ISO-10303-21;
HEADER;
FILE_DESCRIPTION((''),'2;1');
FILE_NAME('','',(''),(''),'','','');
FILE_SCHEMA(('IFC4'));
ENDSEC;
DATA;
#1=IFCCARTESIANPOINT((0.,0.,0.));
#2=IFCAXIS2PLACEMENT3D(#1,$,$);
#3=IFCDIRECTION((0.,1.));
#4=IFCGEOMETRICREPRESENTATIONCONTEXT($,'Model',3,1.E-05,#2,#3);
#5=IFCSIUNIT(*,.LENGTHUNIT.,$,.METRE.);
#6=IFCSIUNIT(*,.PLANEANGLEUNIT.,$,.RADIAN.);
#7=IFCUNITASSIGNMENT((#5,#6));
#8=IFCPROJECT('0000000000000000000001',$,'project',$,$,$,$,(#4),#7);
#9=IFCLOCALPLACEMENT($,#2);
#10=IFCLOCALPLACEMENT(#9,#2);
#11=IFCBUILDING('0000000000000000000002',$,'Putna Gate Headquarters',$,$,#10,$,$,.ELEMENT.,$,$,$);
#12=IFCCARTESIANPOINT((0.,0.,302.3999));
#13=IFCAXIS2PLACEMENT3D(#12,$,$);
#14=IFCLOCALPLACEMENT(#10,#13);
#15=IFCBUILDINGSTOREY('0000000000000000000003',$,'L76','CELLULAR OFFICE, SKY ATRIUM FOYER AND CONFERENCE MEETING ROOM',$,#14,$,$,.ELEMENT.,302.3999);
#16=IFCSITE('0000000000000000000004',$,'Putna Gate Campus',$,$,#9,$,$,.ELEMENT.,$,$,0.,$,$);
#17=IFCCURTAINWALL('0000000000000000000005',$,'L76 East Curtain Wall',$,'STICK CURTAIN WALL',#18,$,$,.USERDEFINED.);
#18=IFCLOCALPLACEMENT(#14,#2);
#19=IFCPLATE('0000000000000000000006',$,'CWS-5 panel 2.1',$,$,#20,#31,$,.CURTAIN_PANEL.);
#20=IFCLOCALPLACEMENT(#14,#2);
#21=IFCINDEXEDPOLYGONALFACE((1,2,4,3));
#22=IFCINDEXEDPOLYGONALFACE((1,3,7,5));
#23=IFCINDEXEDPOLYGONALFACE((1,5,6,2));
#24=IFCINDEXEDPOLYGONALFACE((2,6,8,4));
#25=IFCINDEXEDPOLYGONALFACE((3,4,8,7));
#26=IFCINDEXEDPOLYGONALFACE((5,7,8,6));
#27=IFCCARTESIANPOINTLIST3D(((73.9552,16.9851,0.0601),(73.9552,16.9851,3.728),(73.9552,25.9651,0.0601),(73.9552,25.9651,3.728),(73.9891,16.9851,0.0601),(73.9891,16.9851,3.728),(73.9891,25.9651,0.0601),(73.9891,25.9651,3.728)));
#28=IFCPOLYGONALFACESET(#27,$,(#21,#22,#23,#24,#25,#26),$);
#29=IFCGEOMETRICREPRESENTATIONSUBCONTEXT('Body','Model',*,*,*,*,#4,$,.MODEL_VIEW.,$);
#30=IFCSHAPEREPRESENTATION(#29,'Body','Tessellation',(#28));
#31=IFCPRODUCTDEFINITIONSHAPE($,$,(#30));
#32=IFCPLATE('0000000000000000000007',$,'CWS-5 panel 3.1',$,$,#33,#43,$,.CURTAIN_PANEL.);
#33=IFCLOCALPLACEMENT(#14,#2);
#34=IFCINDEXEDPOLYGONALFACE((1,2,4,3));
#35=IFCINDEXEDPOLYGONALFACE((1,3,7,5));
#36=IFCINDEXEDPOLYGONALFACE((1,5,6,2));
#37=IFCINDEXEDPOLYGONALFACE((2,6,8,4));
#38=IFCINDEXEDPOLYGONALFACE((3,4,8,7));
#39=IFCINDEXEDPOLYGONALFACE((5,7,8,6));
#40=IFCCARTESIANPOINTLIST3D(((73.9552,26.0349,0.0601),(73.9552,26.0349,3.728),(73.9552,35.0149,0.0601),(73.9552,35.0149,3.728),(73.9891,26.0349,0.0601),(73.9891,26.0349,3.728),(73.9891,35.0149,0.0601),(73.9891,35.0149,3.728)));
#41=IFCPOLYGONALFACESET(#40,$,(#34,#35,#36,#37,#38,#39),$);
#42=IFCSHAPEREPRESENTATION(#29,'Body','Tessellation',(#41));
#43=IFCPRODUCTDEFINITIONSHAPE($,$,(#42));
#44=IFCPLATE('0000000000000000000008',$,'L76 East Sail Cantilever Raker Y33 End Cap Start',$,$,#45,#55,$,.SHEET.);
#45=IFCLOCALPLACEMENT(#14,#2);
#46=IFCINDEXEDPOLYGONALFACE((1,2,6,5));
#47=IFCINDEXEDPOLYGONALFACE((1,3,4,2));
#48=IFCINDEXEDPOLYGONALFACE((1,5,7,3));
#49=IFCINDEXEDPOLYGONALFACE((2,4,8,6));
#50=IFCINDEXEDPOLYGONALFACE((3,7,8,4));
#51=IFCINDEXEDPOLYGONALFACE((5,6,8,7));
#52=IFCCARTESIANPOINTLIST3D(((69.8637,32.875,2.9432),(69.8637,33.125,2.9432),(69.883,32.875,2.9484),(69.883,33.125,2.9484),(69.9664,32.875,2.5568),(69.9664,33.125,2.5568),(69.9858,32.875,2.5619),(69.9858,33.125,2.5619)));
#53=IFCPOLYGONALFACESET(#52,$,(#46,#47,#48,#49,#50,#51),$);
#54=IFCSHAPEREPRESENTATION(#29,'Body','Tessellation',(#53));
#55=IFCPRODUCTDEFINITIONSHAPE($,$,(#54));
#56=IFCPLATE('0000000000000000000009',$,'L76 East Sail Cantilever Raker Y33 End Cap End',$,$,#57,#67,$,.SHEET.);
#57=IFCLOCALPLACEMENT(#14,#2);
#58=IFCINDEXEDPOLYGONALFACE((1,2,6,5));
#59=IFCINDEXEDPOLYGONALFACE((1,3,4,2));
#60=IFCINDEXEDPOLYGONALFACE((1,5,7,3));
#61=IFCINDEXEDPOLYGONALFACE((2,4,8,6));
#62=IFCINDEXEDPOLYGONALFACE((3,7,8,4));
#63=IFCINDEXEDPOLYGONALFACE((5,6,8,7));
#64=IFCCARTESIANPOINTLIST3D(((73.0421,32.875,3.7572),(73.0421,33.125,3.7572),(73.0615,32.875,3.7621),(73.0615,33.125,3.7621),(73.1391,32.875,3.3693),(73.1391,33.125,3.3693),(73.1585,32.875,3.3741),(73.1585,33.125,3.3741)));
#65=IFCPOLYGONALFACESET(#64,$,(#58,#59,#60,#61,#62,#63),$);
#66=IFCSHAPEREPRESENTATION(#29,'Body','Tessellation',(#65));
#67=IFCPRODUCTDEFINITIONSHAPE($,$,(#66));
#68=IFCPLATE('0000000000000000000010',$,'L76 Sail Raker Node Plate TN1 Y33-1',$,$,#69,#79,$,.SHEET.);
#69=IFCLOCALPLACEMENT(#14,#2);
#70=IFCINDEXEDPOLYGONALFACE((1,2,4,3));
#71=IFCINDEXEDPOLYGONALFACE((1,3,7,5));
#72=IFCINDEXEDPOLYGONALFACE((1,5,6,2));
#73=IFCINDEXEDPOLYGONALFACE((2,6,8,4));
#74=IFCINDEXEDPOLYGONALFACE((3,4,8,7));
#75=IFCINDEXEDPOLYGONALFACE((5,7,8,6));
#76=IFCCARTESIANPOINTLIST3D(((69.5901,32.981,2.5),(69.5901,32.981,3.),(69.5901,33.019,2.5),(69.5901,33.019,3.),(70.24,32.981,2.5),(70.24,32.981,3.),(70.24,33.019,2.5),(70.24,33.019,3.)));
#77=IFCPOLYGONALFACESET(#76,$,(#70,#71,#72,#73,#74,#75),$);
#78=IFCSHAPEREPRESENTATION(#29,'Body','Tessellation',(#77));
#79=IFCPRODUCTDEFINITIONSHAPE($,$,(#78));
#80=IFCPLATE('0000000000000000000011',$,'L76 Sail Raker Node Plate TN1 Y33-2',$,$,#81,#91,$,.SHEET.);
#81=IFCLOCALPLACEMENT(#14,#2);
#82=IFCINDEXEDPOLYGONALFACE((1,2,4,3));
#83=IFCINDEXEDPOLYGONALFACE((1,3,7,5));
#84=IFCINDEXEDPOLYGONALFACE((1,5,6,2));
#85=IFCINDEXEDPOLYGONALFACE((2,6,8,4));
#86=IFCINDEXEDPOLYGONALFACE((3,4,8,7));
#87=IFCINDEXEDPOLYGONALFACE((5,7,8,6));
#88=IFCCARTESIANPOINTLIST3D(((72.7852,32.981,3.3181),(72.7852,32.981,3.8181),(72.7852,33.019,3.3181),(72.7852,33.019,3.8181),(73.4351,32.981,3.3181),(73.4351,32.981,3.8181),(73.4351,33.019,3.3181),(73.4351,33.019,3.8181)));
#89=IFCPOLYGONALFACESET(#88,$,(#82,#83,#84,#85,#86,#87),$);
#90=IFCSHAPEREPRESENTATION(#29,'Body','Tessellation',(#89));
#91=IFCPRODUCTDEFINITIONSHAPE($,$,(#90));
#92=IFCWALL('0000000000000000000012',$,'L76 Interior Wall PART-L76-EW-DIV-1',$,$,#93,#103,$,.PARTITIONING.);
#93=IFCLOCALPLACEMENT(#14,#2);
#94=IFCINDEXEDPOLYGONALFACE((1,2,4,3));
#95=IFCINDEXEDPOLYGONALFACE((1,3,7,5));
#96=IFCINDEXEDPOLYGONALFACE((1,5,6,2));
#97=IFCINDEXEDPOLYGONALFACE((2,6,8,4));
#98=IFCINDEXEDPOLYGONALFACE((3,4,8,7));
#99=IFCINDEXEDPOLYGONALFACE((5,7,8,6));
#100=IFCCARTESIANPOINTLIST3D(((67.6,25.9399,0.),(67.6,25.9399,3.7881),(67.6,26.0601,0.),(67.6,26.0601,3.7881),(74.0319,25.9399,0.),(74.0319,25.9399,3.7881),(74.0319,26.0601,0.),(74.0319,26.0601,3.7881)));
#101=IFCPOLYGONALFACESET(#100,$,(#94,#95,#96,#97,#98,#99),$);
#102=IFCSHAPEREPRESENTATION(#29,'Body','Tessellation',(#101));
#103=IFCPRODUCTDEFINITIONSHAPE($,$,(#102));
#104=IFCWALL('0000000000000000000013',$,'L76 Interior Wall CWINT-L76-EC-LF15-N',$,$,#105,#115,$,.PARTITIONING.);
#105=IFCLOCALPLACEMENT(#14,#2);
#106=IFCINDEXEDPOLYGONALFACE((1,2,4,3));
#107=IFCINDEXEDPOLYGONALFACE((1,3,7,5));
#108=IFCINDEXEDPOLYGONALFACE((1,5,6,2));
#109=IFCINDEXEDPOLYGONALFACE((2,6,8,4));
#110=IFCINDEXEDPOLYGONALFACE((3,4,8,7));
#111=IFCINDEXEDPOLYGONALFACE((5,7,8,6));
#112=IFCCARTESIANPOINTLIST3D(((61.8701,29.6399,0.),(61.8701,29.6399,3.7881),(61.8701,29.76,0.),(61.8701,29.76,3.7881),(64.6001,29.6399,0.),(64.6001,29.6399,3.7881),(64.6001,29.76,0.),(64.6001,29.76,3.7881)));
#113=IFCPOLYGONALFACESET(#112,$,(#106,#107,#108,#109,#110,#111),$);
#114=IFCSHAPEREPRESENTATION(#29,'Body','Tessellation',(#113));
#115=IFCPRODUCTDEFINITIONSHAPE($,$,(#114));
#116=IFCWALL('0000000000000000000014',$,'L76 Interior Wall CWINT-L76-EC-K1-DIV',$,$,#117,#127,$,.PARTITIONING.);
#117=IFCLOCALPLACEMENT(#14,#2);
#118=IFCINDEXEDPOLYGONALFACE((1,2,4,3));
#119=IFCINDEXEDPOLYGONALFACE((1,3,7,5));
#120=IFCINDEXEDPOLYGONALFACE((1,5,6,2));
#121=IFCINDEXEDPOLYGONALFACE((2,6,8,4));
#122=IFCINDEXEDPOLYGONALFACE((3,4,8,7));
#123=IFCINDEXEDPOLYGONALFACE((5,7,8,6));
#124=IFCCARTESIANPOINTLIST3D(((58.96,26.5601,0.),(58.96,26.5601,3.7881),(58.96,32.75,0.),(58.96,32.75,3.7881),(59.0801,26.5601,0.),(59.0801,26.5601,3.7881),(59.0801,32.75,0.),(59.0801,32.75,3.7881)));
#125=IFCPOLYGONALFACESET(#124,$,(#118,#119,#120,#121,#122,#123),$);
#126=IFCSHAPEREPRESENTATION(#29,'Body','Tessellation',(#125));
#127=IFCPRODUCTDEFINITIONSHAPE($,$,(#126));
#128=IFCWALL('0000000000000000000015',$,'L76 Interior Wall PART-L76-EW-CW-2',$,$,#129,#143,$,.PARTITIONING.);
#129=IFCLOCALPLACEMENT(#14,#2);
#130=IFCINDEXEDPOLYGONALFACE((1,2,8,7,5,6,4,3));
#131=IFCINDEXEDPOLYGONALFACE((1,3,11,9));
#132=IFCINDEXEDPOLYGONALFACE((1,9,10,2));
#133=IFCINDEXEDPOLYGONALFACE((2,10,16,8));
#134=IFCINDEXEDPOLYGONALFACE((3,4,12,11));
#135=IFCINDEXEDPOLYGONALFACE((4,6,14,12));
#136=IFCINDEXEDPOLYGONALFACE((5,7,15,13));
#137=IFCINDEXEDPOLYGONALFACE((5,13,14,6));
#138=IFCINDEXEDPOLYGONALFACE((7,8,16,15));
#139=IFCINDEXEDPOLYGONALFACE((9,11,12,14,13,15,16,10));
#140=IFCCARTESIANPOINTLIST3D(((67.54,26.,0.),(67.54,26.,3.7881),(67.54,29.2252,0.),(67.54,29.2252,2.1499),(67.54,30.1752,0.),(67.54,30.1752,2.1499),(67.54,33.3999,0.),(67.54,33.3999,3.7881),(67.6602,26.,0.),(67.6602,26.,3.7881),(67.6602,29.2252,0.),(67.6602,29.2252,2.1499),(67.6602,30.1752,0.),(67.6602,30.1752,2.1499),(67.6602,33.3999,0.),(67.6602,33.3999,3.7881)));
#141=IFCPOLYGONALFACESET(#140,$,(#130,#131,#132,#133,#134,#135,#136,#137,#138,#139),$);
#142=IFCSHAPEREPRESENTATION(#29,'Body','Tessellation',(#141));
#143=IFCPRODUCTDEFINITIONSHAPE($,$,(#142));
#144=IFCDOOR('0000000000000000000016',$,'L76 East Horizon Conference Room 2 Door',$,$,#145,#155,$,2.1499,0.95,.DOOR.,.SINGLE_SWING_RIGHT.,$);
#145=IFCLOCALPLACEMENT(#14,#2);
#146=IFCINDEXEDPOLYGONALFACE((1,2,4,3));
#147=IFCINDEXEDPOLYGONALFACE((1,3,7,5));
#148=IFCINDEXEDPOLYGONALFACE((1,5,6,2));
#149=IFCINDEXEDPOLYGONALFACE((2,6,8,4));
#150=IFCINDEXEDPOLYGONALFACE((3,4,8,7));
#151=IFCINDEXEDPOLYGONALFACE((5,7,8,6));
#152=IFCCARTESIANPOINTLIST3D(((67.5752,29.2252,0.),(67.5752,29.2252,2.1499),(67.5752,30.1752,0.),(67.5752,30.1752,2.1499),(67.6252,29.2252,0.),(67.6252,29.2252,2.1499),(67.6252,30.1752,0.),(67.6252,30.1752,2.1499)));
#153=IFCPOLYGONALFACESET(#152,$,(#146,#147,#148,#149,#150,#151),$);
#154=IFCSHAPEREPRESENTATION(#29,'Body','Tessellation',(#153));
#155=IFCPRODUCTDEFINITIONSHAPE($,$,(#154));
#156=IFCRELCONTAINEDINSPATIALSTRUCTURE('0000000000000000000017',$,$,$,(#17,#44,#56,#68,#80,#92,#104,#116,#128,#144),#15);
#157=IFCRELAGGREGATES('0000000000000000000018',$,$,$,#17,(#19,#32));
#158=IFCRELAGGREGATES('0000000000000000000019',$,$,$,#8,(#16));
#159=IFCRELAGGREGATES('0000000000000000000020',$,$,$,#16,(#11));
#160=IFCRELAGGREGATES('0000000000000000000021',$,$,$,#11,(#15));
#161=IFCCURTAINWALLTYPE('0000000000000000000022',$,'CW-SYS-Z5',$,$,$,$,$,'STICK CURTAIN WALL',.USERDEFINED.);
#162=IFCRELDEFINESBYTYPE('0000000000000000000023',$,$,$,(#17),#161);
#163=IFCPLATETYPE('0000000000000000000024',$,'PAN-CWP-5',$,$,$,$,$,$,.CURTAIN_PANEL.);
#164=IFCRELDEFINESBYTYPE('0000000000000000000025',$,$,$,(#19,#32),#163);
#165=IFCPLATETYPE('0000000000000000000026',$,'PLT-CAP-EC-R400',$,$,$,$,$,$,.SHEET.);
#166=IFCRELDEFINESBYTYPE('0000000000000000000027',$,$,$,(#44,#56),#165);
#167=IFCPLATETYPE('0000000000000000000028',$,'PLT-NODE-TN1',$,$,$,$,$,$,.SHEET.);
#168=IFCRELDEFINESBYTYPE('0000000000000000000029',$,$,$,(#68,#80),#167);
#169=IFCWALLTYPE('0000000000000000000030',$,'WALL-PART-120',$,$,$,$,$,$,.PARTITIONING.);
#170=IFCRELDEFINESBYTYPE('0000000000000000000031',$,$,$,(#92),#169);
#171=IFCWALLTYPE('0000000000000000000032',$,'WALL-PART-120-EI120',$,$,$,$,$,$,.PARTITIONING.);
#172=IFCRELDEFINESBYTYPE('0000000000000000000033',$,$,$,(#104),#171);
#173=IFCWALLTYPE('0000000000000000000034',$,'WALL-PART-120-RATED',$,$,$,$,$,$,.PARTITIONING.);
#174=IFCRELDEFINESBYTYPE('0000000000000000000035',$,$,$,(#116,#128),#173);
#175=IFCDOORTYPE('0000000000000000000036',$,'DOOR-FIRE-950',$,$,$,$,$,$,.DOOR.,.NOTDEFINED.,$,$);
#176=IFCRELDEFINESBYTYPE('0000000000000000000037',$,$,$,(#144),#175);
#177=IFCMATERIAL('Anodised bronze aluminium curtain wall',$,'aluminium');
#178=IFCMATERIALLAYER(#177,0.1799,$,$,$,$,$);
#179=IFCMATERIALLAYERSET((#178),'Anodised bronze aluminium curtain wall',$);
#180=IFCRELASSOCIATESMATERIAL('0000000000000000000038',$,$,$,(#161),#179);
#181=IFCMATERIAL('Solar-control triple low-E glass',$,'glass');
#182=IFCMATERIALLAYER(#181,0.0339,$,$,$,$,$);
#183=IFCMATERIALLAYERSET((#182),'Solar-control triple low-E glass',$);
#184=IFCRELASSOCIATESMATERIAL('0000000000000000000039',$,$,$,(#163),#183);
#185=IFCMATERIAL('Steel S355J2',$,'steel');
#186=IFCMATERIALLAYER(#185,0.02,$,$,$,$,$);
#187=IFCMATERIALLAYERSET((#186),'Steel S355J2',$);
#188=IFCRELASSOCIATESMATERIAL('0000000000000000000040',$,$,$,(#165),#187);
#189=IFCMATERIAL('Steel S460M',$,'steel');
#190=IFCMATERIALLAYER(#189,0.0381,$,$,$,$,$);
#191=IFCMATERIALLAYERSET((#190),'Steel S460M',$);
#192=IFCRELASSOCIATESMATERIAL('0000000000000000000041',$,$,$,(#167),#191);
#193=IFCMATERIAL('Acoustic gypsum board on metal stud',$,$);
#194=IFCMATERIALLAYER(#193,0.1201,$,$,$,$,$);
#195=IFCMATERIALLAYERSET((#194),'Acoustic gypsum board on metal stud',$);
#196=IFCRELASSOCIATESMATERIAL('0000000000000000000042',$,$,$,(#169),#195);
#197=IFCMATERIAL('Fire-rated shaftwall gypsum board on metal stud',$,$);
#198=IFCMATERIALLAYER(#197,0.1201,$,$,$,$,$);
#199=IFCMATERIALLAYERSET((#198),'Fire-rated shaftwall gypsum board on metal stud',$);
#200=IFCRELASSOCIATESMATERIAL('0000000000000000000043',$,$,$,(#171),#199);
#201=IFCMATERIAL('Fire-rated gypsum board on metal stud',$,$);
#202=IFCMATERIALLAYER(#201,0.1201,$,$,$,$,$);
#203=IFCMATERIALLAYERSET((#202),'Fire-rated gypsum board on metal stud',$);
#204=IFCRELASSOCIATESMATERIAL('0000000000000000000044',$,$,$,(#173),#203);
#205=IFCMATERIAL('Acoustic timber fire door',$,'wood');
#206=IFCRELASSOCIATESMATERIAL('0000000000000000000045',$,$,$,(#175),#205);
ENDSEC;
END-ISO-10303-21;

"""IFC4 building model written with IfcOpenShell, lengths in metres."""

from ifc_helpers import new_model, si_unit, direction, frame, frame_2d, origin, origin_2d, place, context, subcontext, project, spatial, rectangle, extrude, material, layer, layer_set, type_object, element, fill, aggregate, save


model = new_model("IFC4")

# Units and contexts
model_context = context("Model", 3, precision=1e-05, world=origin(), true_north=direction((0.0, 1.0)))
body_context = subcontext(model_context, "Body", "Model", "MODEL_VIEW")
ifc_project = project(units=[si_unit("LENGTHUNIT", "METRE"), si_unit("PLANEANGLEUNIT", "RADIAN")], contexts=[model_context])

# Site, building, storey
site_placement = place(None, origin())
site = spatial("IfcSite", under=ifc_project, at=site_placement, Name="Putna Gate Campus", CompositionType="ELEMENT", RefElevation=0.0)
building_placement = place(site_placement, origin())
building = spatial("IfcBuilding", under=site, at=building_placement, Name="Putna Gate Headquarters", CompositionType="ELEMENT")
storey_placement = place(building_placement, frame((0.0, 0.0, 302.3999)))
storey = spatial("IfcBuildingStorey", under=building, at=storey_placement, Name="L76", Description="CELLULAR OFFICE, SKY ATRIUM FOYER AND CONFERENCE MEETING ROOM", CompositionType="ELEMENT", Elevation=302.3999)

# Shared definitions
ifc_material_1 = material(Name="Steel S460M", Category="steel")

# Shared definitions
ifc_material_2 = material(Name="Steel S355J2", Category="steel")

# Curtain wall, plates
ifc_material_3 = material(Name="Anodised bronze aluminium curtain wall", Category="aluminium")
ifc_layer_1 = layer(ifc_material_3, 0.1799)
ifc_layer_set_1 = layer_set([ifc_layer_1], Name="Anodised bronze aluminium curtain wall")
curtain_wall_type = type_object("IfcCurtainWallType", Name="CW-SYS-Z5", ElementType="STICK CURTAIN WALL", PredefinedType="USERDEFINED", material=ifc_layer_set_1)
curtain_wall_placement = place(storey_placement, origin())
curtain_wall = element("IfcCurtainWall", 1, at=curtain_wall_placement, inside=storey, type_object=curtain_wall_type, Name="L76 East Curtain Wall", ObjectType="STICK CURTAIN WALL", PredefinedType="USERDEFINED")
ifc_material_4 = material(Name="Solar-control triple low-E glass", Category="glass")
ifc_layer_2 = layer(ifc_material_4, 0.0339)
ifc_layer_set_2 = layer_set([ifc_layer_2], Name="Solar-control triple low-E glass")
plate_type_1 = type_object("IfcPlateType", Name="PAN-CWP-5", PredefinedType="CURTAIN_PANEL", material=ifc_layer_set_2)
plate_1_placement = place(storey_placement, frame((73.9722, 21.4751, 0.0601), z_axis=(0.0, 0.0, 1.0), x_axis=(0.0, 1.0, 0.0)))
plate_1 = element("IfcPlate", 2, at=plate_1_placement, type_object=plate_type_1, Name="CWS-5 panel 2.1", PredefinedType="CURTAIN_PANEL", context=body_context, shape_type="SweptSolid", body=[
    extrude(rectangle(XDim=8.98, YDim=0.0339, at=origin_2d()), origin(), (0.0, 0.0, 1.0), 3.668),
])
plate_2_placement = place(storey_placement, frame((73.9722, 30.5249, 0.0601), z_axis=(0.0, 0.0, 1.0), x_axis=(0.0, 1.0, 0.0)))
plate_2 = element("IfcPlate", 3, at=plate_2_placement, type_object=plate_type_1, Name="CWS-5 panel 3.1", PredefinedType="CURTAIN_PANEL", context=body_context, shape_type="SweptSolid", body=[
    extrude(rectangle(XDim=8.98, YDim=0.0339, at=origin_2d()), origin(), (0.0, 0.0, 1.0), 3.668),
])
aggregate(curtain_wall, [plate_1, plate_2])

# Plates
ifc_layer_3 = layer(ifc_material_2, 0.02)
ifc_layer_set_3 = layer_set([ifc_layer_3], Name="Steel S355J2")
plate_type_2 = type_object("IfcPlateType", Name="PLT-CAP-EC-R400", PredefinedType="SHEET", material=ifc_layer_set_3)
for number, where, z_axis, x_axis, name in (
    (4, (69.915, 33.0, 2.75), (0.966438, 0.0, 0.256901), (0.0, 1.0, 0.0), "L76 East Sail Cantilever Raker Y33 End Cap Start"),
    (5, (73.0906, 33.0, 3.5632), (0.970143, 0.0, 0.242536), (0.0, 1.0, 0.0), "L76 East Sail Cantilever Raker Y33 End Cap End"),
):
    element("IfcPlate", number, at=place(storey_placement, frame(where, z_axis=z_axis, x_axis=x_axis)), inside=storey, type_object=plate_type_2, Name=name, PredefinedType="SHEET", context=body_context, shape_type="SweptSolid", body=[
        extrude(rectangle(XDim=0.25, YDim=0.3999, at=origin_2d()), origin(), (0.0, 0.0, 1.0), 0.02),
    ])
ifc_layer_4 = layer(ifc_material_1, 0.0381)
ifc_layer_set_4 = layer_set([ifc_layer_4], Name="Steel S460M")
plate_type_3 = type_object("IfcPlateType", Name="PLT-NODE-TN1", PredefinedType="SHEET", material=ifc_layer_set_4)
for number, where, z_axis, x_axis, name in (
    (6, (69.915, 33.0, 2.5), (0.0, 0.0, 1.0), (1.0, 0.0, 0.0), "L76 Sail Raker Node Plate TN1 Y33-1"),
    (7, (73.1101, 33.0, 3.3181), (0.0, 0.0, 1.0), (1.0, 0.0, 0.0), "L76 Sail Raker Node Plate TN1 Y33-2"),
):
    element("IfcPlate", number, at=place(storey_placement, frame(where, z_axis=z_axis, x_axis=x_axis)), inside=storey, type_object=plate_type_3, Name=name, PredefinedType="SHEET", context=body_context, shape_type="SweptSolid", body=[
        extrude(rectangle(XDim=0.6499, YDim=0.0381, at=origin_2d()), origin(), (0.0, 0.0, 1.0), 0.5),
    ])

# Walls
ifc_material_5 = material(Name="Acoustic gypsum board on metal stud")
ifc_layer_5 = layer(ifc_material_5, 0.1201)
ifc_layer_set_5 = layer_set([ifc_layer_5], Name="Acoustic gypsum board on metal stud")
wall_type_1 = type_object("IfcWallType", Name="WALL-PART-120", PredefinedType="PARTITIONING", material=ifc_layer_set_5)
wall_1_placement = place(storey_placement, frame((67.6001, 26.0, 0.0), z_axis=(0.0, 0.0, 1.0), x_axis=(1.0, 0.0, 0.0)))
element("IfcWall", 8, at=wall_1_placement, inside=storey, type_object=wall_type_1, Name="L76 Interior Wall PART-L76-EW-DIV-1", PredefinedType="PARTITIONING", context=body_context, shape_type="SweptSolid", body=[
    extrude(rectangle(XDim=6.4319, YDim=0.1201, at=frame_2d((3.2158, 0.0))), origin(), (0.0, 0.0, 1.0), 3.7881),
])
ifc_material_6 = material(Name="Fire-rated shaftwall gypsum board on metal stud")
ifc_layer_6 = layer(ifc_material_6, 0.1201)
ifc_layer_set_6 = layer_set([ifc_layer_6], Name="Fire-rated shaftwall gypsum board on metal stud")
wall_type_2 = type_object("IfcWallType", Name="WALL-PART-120-EI120", PredefinedType="PARTITIONING", material=ifc_layer_set_6)
wall_2_placement = place(storey_placement, frame((61.8701, 29.7, 0.0), z_axis=(0.0, 0.0, 1.0), x_axis=(1.0, 0.0, 0.0)))
element("IfcWall", 9, at=wall_2_placement, inside=storey, type_object=wall_type_2, Name="L76 Interior Wall CWINT-L76-EC-LF15-N", PredefinedType="PARTITIONING", context=body_context, shape_type="SweptSolid", body=[
    extrude(rectangle(XDim=2.73, YDim=0.1201, at=frame_2d((1.365, 0.0))), origin(), (0.0, 0.0, 1.0), 3.7881),
])
ifc_material_7 = material(Name="Fire-rated gypsum board on metal stud")
ifc_layer_7 = layer(ifc_material_7, 0.1201)
ifc_layer_set_7 = layer_set([ifc_layer_7], Name="Fire-rated gypsum board on metal stud")
wall_type_3 = type_object("IfcWallType", Name="WALL-PART-120-RATED", PredefinedType="PARTITIONING", material=ifc_layer_set_7)
wall_3_placement = place(storey_placement, frame((59.02, 26.5601, 0.0), z_axis=(0.0, 0.0, 1.0), x_axis=(0.0, 1.0, 0.0)))
element("IfcWall", 10, at=wall_3_placement, inside=storey, type_object=wall_type_3, Name="L76 Interior Wall CWINT-L76-EC-K1-DIV", PredefinedType="PARTITIONING", context=body_context, shape_type="SweptSolid", body=[
    extrude(rectangle(XDim=6.1899, YDim=0.1201, at=frame_2d((3.095, 0.0))), origin(), (0.0, 0.0, 1.0), 3.7881),
])

# Wall, opening, door
wall_4_placement = place(storey_placement, frame((67.6001, 26.0, 0.0), z_axis=(0.0, 0.0, 1.0), x_axis=(0.0, 1.0, 0.0)))
wall_4 = element("IfcWall", 11, at=wall_4_placement, inside=storey, type_object=wall_type_3, Name="L76 Interior Wall PART-L76-EW-CW-2", PredefinedType="PARTITIONING", context=body_context, shape_type="SweptSolid", body=[
    extrude(rectangle(XDim=7.3999, YDim=0.1201, at=frame_2d((3.7, 0.0))), origin(), (0.0, 0.0, 1.0), 3.7881),
])
opening_1_placement = place(wall_4_placement, frame((3.2251, 0.0, 0.0)))
opening_1 = element("IfcOpeningElement", 12, at=opening_1_placement, cuts=wall_4, PredefinedType="OPENING", context=body_context, shape_type="SweptSolid", body=[
    extrude(rectangle(XDim=0.95, YDim=2.1499, at=frame_2d((0.4751, 1.075))), frame((0.0, 0.0701, 0.0), z_axis=(0.0, -1.0, 0.0), x_axis=(1.0, 0.0, 0.0)), (0.0, 0.0, 1.0), 0.1401),
])
ifc_material_8 = material(Name="Acoustic timber fire door", Category="wood")
door_type_1 = type_object("IfcDoorType", Name="DOOR-FIRE-950", OperationType="NOTDEFINED", PredefinedType="DOOR", material=ifc_material_8)
door_1_placement = place(opening_1_placement, origin())
door_1 = element("IfcDoor", 13, at=door_1_placement, inside=storey, type_object=door_type_1, Name="L76 East Horizon Conference Room 2 Door", OperationType="SINGLE_SWING_RIGHT", OverallHeight=2.1499, OverallWidth=0.95, PredefinedType="DOOR", context=body_context, shape_type="SweptSolid", body=[
    extrude(rectangle(XDim=0.95, YDim=2.1499, at=frame_2d((0.4751, 1.075))), frame((0.0, 0.0249, 0.0), z_axis=(0.0, -1.0, 0.0), x_axis=(1.0, 0.0, 0.0)), (0.0, 0.0, 1.0), 0.05),
])
fill(opening_1, door_1)

save(model, "model.ifc")
